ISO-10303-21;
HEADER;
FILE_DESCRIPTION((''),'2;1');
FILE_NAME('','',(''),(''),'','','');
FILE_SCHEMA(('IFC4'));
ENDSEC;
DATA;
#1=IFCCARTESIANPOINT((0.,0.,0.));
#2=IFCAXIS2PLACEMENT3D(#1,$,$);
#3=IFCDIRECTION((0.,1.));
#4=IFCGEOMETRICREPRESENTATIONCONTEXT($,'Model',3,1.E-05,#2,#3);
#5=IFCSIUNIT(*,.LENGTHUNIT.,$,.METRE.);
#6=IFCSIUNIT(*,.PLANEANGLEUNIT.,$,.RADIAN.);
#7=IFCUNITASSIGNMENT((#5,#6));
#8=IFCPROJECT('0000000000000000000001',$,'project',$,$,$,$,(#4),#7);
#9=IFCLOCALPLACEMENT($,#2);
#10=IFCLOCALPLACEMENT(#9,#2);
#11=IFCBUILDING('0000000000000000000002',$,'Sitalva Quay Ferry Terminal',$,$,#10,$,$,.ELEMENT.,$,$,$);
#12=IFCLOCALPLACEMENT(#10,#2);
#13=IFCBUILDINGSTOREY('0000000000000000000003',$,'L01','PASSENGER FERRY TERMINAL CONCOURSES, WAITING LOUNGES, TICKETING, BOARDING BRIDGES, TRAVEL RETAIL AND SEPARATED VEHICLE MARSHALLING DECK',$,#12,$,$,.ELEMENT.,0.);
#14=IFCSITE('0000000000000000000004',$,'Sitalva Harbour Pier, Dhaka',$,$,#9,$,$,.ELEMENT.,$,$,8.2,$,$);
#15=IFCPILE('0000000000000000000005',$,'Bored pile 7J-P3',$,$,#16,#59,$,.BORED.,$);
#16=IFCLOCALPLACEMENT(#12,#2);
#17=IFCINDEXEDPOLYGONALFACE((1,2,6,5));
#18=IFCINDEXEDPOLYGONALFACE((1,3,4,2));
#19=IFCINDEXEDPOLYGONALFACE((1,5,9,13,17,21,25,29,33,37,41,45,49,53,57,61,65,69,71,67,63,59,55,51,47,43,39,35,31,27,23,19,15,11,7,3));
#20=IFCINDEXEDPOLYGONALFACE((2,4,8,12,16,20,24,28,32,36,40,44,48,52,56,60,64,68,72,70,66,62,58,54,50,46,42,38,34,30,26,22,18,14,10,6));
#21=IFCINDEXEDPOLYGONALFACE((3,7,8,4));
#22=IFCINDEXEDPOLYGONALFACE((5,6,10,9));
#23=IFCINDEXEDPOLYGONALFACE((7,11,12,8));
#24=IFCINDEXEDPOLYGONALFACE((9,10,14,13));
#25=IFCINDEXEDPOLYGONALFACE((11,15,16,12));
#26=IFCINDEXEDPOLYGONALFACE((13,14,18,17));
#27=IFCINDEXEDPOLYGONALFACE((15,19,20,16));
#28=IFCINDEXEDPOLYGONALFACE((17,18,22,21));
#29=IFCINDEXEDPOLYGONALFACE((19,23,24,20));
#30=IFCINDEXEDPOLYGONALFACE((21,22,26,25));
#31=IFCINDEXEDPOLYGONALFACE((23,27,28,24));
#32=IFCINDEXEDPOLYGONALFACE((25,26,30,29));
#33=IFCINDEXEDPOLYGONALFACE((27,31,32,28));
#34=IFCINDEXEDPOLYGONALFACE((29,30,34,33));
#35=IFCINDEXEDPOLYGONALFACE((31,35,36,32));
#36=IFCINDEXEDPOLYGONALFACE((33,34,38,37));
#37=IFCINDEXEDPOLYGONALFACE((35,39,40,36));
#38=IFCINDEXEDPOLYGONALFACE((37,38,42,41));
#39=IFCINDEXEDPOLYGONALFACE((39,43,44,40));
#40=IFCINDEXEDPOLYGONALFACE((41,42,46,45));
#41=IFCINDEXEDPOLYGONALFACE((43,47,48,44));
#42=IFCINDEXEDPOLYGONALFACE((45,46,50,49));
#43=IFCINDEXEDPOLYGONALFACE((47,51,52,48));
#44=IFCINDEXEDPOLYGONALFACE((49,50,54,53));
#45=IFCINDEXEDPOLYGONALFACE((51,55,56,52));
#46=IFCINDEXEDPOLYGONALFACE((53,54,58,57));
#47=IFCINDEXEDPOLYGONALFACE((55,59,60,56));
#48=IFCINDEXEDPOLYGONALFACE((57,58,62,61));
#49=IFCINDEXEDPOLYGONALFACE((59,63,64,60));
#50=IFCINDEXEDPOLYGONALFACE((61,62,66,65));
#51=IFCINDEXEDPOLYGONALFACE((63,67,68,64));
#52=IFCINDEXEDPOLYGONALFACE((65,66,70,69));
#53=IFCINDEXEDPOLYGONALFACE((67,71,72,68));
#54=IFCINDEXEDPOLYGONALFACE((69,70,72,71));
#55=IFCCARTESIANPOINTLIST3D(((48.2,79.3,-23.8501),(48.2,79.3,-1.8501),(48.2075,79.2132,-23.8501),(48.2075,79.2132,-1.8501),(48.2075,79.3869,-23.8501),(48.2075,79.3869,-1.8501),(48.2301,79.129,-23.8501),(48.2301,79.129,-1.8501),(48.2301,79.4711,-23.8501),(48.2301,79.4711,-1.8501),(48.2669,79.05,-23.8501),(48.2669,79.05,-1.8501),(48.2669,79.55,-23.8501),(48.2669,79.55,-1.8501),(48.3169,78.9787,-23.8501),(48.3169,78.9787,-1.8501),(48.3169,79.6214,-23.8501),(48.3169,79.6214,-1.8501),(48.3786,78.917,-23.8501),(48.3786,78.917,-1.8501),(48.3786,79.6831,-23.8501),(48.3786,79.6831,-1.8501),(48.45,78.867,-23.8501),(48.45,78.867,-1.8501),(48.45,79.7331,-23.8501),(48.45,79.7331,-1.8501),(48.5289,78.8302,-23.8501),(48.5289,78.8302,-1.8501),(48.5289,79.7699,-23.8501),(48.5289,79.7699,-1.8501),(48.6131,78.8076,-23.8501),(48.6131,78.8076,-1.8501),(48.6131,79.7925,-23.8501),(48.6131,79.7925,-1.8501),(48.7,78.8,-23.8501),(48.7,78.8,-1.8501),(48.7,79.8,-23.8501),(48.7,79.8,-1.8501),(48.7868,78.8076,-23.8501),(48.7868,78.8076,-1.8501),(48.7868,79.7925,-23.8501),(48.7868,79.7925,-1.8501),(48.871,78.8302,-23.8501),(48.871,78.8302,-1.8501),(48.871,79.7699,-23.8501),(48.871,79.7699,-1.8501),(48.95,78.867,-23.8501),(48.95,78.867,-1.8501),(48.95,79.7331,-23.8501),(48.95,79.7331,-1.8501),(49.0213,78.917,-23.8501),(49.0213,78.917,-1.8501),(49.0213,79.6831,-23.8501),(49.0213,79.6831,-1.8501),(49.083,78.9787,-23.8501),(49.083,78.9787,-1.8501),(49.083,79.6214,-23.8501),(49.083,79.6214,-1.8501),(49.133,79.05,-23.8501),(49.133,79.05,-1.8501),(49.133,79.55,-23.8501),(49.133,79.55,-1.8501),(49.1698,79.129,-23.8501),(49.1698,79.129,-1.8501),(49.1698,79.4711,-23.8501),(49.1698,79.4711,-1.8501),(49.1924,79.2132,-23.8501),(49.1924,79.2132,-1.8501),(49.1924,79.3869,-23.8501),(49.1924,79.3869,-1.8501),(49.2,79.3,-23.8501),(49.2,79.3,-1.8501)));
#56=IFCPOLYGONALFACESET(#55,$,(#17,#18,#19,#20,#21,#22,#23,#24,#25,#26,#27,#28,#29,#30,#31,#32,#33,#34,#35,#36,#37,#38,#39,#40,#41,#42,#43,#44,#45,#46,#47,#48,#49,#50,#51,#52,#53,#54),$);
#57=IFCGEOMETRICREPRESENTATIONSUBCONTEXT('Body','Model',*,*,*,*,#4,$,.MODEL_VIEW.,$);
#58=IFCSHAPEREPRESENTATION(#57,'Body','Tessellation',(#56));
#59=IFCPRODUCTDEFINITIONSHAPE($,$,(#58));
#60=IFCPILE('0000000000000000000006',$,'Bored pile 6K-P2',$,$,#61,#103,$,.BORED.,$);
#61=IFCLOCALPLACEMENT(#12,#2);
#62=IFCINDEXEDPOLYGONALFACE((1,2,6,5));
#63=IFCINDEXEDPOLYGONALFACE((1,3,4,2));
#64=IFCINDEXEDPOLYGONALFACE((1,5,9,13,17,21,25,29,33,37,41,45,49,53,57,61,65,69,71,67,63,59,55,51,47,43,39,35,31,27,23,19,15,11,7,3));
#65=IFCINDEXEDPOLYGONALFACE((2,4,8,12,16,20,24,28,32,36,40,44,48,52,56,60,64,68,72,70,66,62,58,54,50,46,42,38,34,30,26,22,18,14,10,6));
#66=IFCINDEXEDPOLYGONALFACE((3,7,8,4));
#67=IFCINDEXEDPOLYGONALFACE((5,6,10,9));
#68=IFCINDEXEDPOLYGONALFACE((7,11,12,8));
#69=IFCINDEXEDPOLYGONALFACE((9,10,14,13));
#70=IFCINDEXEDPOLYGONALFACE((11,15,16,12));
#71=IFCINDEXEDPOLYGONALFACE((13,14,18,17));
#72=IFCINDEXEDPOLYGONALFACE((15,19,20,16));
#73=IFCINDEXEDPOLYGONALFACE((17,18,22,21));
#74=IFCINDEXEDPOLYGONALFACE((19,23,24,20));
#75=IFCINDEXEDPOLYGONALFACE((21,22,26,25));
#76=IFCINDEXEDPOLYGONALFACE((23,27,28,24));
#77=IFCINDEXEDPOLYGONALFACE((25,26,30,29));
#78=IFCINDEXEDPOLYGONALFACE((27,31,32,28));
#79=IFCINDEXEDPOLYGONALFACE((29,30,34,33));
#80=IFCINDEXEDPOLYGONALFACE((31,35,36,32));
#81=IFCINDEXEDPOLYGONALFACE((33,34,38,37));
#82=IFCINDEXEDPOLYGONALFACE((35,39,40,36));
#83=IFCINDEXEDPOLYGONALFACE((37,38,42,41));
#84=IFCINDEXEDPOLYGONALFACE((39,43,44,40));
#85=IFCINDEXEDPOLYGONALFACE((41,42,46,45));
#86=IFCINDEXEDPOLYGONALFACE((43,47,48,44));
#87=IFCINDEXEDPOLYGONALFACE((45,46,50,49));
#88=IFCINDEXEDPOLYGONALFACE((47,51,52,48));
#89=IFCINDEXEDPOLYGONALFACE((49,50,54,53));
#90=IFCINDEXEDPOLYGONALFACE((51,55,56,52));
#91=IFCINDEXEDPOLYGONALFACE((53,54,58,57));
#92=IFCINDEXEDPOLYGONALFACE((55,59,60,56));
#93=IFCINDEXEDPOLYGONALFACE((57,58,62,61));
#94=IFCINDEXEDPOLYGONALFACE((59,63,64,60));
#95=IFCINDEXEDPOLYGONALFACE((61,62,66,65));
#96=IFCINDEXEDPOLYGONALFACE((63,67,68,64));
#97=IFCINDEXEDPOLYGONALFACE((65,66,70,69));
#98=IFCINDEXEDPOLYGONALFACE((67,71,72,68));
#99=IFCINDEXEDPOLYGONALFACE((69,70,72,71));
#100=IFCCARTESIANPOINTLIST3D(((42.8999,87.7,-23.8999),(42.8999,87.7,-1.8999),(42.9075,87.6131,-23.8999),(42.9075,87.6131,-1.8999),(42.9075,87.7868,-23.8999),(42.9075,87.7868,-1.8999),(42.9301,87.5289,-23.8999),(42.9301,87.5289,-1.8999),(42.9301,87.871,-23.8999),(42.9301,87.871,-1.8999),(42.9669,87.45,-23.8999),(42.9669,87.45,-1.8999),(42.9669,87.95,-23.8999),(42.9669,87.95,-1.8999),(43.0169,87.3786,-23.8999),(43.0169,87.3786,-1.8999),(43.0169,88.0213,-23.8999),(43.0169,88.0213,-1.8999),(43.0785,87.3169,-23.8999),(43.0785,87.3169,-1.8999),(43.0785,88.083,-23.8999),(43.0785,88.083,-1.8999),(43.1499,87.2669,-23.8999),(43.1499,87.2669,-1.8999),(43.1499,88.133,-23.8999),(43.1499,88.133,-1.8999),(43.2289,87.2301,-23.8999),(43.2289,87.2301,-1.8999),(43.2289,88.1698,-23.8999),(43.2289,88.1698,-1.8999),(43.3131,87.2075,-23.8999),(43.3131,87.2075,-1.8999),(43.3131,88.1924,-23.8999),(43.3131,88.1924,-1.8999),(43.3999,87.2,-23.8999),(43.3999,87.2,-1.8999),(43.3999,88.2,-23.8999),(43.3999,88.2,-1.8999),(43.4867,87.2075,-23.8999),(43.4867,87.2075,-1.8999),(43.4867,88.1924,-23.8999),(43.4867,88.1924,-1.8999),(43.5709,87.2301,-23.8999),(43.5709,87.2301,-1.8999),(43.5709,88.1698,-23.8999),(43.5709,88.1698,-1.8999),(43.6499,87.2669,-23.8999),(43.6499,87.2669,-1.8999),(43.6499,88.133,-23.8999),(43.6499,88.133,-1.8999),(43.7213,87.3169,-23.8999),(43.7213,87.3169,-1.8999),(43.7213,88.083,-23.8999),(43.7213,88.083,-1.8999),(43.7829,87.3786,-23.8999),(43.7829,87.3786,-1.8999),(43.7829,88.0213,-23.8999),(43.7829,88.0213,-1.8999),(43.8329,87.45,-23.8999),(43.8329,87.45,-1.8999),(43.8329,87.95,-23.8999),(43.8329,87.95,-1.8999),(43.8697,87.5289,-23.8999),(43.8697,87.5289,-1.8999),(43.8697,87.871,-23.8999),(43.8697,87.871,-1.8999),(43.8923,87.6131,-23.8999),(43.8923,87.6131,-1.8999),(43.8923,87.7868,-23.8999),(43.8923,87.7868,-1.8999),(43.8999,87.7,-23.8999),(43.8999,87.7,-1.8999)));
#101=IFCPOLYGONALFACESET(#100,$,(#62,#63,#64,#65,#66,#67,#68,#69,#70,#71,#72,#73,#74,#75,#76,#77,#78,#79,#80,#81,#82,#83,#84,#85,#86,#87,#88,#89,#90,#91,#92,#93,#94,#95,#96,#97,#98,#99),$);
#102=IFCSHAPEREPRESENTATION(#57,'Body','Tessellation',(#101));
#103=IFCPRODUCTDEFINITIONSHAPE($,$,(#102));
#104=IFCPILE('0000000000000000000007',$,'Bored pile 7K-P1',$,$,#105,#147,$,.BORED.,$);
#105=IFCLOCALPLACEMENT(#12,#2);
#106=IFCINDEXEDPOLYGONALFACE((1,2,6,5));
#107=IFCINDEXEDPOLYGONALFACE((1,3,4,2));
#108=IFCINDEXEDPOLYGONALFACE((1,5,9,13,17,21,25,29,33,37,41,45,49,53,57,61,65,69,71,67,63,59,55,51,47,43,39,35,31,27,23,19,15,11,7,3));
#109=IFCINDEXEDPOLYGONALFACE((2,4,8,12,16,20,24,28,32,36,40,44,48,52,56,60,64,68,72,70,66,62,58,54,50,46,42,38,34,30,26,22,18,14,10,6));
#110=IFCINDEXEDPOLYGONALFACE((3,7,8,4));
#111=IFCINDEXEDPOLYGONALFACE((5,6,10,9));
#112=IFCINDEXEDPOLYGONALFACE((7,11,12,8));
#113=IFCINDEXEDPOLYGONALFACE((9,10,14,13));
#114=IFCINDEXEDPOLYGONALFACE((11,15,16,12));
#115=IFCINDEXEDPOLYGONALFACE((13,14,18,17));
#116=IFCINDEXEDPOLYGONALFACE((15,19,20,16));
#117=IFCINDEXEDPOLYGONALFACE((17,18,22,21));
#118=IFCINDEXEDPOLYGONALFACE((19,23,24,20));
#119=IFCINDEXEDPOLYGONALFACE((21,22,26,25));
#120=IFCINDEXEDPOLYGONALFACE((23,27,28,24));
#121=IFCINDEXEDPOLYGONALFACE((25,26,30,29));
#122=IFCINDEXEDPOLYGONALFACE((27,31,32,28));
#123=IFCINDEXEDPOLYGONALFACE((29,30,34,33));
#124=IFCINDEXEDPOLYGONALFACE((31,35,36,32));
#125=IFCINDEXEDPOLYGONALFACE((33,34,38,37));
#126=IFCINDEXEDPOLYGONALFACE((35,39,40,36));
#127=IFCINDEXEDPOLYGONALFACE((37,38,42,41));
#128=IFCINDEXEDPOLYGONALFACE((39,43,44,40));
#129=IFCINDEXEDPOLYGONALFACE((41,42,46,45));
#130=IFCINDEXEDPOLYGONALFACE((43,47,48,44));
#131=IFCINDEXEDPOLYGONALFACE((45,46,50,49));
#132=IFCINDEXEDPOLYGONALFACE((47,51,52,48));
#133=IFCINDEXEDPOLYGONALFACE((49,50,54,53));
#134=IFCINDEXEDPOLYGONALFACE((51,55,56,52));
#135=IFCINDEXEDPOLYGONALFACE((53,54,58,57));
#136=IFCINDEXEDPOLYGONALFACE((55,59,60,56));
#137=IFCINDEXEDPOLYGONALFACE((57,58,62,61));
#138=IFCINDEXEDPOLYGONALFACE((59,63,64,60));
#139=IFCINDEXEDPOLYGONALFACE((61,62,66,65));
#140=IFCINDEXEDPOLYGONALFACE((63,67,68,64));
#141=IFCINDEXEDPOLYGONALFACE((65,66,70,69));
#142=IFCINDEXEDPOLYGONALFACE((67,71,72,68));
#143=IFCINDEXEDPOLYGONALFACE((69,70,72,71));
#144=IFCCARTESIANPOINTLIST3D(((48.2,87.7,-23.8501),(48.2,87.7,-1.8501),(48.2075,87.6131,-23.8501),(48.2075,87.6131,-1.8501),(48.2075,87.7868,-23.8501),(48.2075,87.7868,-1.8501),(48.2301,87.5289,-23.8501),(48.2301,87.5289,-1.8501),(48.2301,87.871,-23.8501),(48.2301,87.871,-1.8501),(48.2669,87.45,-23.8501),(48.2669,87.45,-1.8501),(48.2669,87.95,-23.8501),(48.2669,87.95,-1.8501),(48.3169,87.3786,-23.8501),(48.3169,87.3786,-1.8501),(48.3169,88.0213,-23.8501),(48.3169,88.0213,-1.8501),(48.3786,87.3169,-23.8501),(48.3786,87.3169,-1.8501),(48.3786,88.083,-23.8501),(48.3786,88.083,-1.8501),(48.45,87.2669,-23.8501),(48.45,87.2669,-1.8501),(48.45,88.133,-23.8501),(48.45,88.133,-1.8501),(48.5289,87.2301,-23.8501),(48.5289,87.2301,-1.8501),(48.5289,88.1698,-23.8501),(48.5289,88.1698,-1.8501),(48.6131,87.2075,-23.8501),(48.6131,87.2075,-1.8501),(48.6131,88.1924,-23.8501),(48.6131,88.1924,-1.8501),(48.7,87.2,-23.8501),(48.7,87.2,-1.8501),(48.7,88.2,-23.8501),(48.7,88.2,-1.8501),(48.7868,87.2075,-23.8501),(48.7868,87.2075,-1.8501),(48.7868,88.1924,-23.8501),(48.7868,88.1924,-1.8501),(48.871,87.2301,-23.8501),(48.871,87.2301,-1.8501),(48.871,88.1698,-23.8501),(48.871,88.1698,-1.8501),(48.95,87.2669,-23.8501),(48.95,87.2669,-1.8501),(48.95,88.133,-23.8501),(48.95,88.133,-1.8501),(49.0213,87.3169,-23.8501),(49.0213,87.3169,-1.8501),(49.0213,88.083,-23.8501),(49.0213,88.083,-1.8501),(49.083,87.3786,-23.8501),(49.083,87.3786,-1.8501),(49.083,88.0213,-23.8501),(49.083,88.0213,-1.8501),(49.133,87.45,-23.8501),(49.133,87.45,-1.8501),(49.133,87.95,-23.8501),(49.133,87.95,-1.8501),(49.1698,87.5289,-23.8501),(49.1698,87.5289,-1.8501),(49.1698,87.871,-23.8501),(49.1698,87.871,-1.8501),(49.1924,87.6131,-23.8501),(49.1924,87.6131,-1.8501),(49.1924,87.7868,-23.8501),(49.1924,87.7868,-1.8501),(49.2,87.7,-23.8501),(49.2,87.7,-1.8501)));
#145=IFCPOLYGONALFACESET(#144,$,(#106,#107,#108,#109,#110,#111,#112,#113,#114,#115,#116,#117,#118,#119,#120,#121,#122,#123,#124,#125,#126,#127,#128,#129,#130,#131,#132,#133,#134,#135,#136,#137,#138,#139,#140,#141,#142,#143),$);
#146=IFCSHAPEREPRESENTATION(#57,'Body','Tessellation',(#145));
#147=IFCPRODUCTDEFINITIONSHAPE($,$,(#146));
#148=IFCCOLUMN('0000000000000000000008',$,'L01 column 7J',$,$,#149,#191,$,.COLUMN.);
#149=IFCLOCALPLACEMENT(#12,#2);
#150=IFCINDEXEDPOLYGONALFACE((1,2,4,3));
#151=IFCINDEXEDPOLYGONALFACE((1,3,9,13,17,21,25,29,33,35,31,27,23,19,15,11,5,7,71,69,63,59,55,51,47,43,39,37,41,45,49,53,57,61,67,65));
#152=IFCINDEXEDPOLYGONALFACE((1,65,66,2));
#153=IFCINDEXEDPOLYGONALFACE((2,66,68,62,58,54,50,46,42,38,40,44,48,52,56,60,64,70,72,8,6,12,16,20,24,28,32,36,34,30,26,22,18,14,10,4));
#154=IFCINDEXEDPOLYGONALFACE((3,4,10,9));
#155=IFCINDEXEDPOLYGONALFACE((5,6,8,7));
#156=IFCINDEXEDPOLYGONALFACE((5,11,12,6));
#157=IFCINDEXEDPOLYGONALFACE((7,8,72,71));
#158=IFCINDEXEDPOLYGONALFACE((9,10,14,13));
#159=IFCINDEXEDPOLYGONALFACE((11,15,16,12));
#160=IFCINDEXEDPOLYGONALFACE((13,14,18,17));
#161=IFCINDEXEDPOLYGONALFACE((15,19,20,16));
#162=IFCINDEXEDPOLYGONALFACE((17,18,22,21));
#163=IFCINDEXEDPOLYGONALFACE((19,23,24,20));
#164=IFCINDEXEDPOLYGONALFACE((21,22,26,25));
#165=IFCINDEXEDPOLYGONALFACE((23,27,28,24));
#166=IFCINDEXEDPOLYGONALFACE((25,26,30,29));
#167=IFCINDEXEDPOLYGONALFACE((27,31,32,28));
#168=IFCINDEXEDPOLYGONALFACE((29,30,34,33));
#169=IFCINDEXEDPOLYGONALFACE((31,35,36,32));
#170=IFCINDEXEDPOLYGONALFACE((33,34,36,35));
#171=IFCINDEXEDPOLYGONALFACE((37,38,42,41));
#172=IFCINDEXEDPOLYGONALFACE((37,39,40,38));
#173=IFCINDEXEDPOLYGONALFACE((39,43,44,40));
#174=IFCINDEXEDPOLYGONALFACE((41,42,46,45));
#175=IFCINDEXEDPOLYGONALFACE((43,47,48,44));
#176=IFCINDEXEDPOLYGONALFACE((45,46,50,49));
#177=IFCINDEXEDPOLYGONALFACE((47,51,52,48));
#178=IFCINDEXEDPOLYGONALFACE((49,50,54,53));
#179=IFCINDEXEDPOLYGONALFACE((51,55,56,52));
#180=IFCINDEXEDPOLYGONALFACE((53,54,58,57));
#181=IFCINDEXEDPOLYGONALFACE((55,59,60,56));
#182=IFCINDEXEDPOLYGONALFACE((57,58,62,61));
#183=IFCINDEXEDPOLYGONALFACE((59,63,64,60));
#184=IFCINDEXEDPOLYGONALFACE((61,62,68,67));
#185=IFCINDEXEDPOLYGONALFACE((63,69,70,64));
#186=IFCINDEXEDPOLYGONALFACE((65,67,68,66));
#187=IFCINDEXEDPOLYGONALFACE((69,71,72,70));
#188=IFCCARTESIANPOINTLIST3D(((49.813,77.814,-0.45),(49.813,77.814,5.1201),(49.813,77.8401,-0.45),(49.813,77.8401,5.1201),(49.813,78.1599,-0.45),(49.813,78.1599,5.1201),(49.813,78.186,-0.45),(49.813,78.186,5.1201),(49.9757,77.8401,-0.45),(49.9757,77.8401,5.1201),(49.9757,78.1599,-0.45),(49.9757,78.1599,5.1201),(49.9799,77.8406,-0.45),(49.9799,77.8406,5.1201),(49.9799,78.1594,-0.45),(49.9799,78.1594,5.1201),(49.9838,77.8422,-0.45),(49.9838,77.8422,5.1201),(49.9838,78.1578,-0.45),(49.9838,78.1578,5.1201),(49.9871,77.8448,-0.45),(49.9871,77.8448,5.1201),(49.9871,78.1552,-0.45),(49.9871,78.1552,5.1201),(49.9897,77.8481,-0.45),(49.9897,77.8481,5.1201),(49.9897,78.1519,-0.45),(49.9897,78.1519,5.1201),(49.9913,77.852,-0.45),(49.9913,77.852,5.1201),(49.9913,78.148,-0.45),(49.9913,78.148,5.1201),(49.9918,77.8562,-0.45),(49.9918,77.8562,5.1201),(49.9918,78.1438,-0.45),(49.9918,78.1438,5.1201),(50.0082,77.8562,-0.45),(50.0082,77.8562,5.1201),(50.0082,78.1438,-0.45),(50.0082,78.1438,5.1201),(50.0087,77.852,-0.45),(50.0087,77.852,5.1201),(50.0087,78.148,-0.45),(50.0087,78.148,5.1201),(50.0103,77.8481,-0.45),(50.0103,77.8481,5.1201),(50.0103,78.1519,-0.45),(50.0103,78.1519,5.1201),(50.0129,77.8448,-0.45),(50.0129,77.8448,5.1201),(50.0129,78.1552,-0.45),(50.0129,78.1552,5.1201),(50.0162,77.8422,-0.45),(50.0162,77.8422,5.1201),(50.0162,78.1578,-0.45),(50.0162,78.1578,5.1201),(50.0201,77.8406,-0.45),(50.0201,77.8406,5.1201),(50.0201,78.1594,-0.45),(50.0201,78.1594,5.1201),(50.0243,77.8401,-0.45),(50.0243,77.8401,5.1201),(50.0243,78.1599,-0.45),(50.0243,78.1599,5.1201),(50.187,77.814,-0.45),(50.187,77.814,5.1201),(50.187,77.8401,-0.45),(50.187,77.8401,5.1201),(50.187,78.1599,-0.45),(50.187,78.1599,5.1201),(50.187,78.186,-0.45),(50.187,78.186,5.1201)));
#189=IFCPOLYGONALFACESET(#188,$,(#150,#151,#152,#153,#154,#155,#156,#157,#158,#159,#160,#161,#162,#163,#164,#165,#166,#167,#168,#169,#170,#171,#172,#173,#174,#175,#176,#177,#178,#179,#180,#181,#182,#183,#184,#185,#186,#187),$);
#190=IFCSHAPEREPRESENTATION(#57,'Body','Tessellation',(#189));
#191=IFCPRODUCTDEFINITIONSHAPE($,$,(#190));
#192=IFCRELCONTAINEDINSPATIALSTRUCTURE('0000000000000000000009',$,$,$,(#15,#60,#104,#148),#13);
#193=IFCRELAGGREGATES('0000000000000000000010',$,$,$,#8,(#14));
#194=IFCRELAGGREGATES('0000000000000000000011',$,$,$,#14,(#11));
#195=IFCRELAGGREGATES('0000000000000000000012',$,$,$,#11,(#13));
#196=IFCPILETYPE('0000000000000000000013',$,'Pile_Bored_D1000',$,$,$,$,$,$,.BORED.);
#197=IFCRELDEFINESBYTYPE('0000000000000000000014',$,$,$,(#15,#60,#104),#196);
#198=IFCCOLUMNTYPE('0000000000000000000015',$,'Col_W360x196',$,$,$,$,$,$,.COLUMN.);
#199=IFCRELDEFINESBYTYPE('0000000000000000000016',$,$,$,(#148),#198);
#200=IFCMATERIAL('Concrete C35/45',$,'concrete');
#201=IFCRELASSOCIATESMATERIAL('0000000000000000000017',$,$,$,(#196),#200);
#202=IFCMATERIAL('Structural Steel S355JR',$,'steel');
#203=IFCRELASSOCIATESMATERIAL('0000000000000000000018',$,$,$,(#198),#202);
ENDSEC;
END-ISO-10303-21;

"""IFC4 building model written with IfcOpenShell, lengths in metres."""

from ifc_helpers import new_model, si_unit, direction, frame, origin, origin_2d, place, context, subcontext, project, spatial, circle, i_section, extrude, material, material_profile, profile_set, type_object, element, save


model = new_model("IFC4")

# Units and contexts
model_context = context("Model", 3, precision=1e-05, world=origin(), true_north=direction((0.0, 1.0)))
body_context = subcontext(model_context, "Body", "Model", "MODEL_VIEW")
ifc_project = project(units=[si_unit("LENGTHUNIT", "METRE"), si_unit("PLANEANGLEUNIT", "RADIAN")], contexts=[model_context])

# Site, building, storey
site_placement = place(None, origin())
site = spatial("IfcSite", under=ifc_project, at=site_placement, Name="Sitalva Harbour Pier, Dhaka", CompositionType="ELEMENT", RefElevation=8.2)
building_placement = place(site_placement, origin())
building = spatial("IfcBuilding", under=site, at=building_placement, Name="Sitalva Quay Ferry Terminal", CompositionType="ELEMENT")
storey_placement = place(building_placement, origin())
storey = spatial("IfcBuildingStorey", under=building, at=storey_placement, Name="L01", Description="PASSENGER FERRY TERMINAL CONCOURSES, WAITING LOUNGES, TICKETING, BOARDING BRIDGES, TRAVEL RETAIL AND SEPARATED VEHICLE MARSHALLING DECK", CompositionType="ELEMENT", Elevation=0.0)

# Piles
ifc_material_1 = material(Name="Concrete C35/45", Category="concrete")
ifc_material_profile_1 = material_profile(ifc_material_1, circle(Radius=0.5, at=origin_2d()), Name="PILE-D1000")
ifc_profile_set_1 = profile_set([ifc_material_profile_1], Name="Concrete C35/45")
pile_type = type_object("IfcPileType", Name="Pile_Bored_D1000", PredefinedType="BORED", material=ifc_profile_set_1)
for number, where, z_axis, x_axis, name in (
    (1, (48.7, 79.3, -1.8501), (0.0, 0.0, -1.0), (1.0, 0.0, 0.0), "Bored pile 7J-P3"),
    (2, (43.3999, 87.7, -1.8999), (0.0, 0.0, -1.0), (1.0, 0.0, 0.0), "Bored pile 6K-P2"),
    (3, (48.7, 87.7, -1.8501), (0.0, 0.0, -1.0), (1.0, 0.0, 0.0), "Bored pile 7K-P1"),
):
    element("IfcPile", number, at=place(storey_placement, frame(where, z_axis=z_axis, x_axis=x_axis)), inside=storey, type_object=pile_type, Name=name, PredefinedType="BORED", context=body_context, shape_type="SweptSolid", body=[
        extrude(circle(Radius=0.5, at=origin_2d()), origin(), (0.0, 0.0, 1.0), 22.0),
    ])

# Column
ifc_material_2 = material(Name="Structural Steel S355JR", Category="steel")
ifc_material_profile_2 = material_profile(ifc_material_2, i_section(OverallWidth=0.374, OverallDepth=0.3721, WebThickness=0.0164, FlangeThickness=0.0261, FilletRadius=0.0161, at=origin_2d()), Name="W360x196")
ifc_profile_set_2 = profile_set([ifc_material_profile_2], Name="Structural Steel S355JR")
column_type = type_object("IfcColumnType", Name="Col_W360x196", PredefinedType="COLUMN", material=ifc_profile_set_2)
column_placement = place(storey_placement, frame((50.0, 78.0, -0.45), z_axis=(0.0, 0.0, 1.0), x_axis=(1.0, 0.0, 0.0)))
element("IfcColumn", 4, at=column_placement, inside=storey, type_object=column_type, Name="L01 column 7J", PredefinedType="COLUMN", context=body_context, shape_type="SweptSolid", body=[
    extrude(i_section(OverallWidth=0.374, OverallDepth=0.3721, WebThickness=0.0164, FlangeThickness=0.0261, FilletRadius=0.0161, at=origin_2d()), origin(), (0.0, 0.0, 1.0), 5.5701),
])

save(model, "model.ifc")
